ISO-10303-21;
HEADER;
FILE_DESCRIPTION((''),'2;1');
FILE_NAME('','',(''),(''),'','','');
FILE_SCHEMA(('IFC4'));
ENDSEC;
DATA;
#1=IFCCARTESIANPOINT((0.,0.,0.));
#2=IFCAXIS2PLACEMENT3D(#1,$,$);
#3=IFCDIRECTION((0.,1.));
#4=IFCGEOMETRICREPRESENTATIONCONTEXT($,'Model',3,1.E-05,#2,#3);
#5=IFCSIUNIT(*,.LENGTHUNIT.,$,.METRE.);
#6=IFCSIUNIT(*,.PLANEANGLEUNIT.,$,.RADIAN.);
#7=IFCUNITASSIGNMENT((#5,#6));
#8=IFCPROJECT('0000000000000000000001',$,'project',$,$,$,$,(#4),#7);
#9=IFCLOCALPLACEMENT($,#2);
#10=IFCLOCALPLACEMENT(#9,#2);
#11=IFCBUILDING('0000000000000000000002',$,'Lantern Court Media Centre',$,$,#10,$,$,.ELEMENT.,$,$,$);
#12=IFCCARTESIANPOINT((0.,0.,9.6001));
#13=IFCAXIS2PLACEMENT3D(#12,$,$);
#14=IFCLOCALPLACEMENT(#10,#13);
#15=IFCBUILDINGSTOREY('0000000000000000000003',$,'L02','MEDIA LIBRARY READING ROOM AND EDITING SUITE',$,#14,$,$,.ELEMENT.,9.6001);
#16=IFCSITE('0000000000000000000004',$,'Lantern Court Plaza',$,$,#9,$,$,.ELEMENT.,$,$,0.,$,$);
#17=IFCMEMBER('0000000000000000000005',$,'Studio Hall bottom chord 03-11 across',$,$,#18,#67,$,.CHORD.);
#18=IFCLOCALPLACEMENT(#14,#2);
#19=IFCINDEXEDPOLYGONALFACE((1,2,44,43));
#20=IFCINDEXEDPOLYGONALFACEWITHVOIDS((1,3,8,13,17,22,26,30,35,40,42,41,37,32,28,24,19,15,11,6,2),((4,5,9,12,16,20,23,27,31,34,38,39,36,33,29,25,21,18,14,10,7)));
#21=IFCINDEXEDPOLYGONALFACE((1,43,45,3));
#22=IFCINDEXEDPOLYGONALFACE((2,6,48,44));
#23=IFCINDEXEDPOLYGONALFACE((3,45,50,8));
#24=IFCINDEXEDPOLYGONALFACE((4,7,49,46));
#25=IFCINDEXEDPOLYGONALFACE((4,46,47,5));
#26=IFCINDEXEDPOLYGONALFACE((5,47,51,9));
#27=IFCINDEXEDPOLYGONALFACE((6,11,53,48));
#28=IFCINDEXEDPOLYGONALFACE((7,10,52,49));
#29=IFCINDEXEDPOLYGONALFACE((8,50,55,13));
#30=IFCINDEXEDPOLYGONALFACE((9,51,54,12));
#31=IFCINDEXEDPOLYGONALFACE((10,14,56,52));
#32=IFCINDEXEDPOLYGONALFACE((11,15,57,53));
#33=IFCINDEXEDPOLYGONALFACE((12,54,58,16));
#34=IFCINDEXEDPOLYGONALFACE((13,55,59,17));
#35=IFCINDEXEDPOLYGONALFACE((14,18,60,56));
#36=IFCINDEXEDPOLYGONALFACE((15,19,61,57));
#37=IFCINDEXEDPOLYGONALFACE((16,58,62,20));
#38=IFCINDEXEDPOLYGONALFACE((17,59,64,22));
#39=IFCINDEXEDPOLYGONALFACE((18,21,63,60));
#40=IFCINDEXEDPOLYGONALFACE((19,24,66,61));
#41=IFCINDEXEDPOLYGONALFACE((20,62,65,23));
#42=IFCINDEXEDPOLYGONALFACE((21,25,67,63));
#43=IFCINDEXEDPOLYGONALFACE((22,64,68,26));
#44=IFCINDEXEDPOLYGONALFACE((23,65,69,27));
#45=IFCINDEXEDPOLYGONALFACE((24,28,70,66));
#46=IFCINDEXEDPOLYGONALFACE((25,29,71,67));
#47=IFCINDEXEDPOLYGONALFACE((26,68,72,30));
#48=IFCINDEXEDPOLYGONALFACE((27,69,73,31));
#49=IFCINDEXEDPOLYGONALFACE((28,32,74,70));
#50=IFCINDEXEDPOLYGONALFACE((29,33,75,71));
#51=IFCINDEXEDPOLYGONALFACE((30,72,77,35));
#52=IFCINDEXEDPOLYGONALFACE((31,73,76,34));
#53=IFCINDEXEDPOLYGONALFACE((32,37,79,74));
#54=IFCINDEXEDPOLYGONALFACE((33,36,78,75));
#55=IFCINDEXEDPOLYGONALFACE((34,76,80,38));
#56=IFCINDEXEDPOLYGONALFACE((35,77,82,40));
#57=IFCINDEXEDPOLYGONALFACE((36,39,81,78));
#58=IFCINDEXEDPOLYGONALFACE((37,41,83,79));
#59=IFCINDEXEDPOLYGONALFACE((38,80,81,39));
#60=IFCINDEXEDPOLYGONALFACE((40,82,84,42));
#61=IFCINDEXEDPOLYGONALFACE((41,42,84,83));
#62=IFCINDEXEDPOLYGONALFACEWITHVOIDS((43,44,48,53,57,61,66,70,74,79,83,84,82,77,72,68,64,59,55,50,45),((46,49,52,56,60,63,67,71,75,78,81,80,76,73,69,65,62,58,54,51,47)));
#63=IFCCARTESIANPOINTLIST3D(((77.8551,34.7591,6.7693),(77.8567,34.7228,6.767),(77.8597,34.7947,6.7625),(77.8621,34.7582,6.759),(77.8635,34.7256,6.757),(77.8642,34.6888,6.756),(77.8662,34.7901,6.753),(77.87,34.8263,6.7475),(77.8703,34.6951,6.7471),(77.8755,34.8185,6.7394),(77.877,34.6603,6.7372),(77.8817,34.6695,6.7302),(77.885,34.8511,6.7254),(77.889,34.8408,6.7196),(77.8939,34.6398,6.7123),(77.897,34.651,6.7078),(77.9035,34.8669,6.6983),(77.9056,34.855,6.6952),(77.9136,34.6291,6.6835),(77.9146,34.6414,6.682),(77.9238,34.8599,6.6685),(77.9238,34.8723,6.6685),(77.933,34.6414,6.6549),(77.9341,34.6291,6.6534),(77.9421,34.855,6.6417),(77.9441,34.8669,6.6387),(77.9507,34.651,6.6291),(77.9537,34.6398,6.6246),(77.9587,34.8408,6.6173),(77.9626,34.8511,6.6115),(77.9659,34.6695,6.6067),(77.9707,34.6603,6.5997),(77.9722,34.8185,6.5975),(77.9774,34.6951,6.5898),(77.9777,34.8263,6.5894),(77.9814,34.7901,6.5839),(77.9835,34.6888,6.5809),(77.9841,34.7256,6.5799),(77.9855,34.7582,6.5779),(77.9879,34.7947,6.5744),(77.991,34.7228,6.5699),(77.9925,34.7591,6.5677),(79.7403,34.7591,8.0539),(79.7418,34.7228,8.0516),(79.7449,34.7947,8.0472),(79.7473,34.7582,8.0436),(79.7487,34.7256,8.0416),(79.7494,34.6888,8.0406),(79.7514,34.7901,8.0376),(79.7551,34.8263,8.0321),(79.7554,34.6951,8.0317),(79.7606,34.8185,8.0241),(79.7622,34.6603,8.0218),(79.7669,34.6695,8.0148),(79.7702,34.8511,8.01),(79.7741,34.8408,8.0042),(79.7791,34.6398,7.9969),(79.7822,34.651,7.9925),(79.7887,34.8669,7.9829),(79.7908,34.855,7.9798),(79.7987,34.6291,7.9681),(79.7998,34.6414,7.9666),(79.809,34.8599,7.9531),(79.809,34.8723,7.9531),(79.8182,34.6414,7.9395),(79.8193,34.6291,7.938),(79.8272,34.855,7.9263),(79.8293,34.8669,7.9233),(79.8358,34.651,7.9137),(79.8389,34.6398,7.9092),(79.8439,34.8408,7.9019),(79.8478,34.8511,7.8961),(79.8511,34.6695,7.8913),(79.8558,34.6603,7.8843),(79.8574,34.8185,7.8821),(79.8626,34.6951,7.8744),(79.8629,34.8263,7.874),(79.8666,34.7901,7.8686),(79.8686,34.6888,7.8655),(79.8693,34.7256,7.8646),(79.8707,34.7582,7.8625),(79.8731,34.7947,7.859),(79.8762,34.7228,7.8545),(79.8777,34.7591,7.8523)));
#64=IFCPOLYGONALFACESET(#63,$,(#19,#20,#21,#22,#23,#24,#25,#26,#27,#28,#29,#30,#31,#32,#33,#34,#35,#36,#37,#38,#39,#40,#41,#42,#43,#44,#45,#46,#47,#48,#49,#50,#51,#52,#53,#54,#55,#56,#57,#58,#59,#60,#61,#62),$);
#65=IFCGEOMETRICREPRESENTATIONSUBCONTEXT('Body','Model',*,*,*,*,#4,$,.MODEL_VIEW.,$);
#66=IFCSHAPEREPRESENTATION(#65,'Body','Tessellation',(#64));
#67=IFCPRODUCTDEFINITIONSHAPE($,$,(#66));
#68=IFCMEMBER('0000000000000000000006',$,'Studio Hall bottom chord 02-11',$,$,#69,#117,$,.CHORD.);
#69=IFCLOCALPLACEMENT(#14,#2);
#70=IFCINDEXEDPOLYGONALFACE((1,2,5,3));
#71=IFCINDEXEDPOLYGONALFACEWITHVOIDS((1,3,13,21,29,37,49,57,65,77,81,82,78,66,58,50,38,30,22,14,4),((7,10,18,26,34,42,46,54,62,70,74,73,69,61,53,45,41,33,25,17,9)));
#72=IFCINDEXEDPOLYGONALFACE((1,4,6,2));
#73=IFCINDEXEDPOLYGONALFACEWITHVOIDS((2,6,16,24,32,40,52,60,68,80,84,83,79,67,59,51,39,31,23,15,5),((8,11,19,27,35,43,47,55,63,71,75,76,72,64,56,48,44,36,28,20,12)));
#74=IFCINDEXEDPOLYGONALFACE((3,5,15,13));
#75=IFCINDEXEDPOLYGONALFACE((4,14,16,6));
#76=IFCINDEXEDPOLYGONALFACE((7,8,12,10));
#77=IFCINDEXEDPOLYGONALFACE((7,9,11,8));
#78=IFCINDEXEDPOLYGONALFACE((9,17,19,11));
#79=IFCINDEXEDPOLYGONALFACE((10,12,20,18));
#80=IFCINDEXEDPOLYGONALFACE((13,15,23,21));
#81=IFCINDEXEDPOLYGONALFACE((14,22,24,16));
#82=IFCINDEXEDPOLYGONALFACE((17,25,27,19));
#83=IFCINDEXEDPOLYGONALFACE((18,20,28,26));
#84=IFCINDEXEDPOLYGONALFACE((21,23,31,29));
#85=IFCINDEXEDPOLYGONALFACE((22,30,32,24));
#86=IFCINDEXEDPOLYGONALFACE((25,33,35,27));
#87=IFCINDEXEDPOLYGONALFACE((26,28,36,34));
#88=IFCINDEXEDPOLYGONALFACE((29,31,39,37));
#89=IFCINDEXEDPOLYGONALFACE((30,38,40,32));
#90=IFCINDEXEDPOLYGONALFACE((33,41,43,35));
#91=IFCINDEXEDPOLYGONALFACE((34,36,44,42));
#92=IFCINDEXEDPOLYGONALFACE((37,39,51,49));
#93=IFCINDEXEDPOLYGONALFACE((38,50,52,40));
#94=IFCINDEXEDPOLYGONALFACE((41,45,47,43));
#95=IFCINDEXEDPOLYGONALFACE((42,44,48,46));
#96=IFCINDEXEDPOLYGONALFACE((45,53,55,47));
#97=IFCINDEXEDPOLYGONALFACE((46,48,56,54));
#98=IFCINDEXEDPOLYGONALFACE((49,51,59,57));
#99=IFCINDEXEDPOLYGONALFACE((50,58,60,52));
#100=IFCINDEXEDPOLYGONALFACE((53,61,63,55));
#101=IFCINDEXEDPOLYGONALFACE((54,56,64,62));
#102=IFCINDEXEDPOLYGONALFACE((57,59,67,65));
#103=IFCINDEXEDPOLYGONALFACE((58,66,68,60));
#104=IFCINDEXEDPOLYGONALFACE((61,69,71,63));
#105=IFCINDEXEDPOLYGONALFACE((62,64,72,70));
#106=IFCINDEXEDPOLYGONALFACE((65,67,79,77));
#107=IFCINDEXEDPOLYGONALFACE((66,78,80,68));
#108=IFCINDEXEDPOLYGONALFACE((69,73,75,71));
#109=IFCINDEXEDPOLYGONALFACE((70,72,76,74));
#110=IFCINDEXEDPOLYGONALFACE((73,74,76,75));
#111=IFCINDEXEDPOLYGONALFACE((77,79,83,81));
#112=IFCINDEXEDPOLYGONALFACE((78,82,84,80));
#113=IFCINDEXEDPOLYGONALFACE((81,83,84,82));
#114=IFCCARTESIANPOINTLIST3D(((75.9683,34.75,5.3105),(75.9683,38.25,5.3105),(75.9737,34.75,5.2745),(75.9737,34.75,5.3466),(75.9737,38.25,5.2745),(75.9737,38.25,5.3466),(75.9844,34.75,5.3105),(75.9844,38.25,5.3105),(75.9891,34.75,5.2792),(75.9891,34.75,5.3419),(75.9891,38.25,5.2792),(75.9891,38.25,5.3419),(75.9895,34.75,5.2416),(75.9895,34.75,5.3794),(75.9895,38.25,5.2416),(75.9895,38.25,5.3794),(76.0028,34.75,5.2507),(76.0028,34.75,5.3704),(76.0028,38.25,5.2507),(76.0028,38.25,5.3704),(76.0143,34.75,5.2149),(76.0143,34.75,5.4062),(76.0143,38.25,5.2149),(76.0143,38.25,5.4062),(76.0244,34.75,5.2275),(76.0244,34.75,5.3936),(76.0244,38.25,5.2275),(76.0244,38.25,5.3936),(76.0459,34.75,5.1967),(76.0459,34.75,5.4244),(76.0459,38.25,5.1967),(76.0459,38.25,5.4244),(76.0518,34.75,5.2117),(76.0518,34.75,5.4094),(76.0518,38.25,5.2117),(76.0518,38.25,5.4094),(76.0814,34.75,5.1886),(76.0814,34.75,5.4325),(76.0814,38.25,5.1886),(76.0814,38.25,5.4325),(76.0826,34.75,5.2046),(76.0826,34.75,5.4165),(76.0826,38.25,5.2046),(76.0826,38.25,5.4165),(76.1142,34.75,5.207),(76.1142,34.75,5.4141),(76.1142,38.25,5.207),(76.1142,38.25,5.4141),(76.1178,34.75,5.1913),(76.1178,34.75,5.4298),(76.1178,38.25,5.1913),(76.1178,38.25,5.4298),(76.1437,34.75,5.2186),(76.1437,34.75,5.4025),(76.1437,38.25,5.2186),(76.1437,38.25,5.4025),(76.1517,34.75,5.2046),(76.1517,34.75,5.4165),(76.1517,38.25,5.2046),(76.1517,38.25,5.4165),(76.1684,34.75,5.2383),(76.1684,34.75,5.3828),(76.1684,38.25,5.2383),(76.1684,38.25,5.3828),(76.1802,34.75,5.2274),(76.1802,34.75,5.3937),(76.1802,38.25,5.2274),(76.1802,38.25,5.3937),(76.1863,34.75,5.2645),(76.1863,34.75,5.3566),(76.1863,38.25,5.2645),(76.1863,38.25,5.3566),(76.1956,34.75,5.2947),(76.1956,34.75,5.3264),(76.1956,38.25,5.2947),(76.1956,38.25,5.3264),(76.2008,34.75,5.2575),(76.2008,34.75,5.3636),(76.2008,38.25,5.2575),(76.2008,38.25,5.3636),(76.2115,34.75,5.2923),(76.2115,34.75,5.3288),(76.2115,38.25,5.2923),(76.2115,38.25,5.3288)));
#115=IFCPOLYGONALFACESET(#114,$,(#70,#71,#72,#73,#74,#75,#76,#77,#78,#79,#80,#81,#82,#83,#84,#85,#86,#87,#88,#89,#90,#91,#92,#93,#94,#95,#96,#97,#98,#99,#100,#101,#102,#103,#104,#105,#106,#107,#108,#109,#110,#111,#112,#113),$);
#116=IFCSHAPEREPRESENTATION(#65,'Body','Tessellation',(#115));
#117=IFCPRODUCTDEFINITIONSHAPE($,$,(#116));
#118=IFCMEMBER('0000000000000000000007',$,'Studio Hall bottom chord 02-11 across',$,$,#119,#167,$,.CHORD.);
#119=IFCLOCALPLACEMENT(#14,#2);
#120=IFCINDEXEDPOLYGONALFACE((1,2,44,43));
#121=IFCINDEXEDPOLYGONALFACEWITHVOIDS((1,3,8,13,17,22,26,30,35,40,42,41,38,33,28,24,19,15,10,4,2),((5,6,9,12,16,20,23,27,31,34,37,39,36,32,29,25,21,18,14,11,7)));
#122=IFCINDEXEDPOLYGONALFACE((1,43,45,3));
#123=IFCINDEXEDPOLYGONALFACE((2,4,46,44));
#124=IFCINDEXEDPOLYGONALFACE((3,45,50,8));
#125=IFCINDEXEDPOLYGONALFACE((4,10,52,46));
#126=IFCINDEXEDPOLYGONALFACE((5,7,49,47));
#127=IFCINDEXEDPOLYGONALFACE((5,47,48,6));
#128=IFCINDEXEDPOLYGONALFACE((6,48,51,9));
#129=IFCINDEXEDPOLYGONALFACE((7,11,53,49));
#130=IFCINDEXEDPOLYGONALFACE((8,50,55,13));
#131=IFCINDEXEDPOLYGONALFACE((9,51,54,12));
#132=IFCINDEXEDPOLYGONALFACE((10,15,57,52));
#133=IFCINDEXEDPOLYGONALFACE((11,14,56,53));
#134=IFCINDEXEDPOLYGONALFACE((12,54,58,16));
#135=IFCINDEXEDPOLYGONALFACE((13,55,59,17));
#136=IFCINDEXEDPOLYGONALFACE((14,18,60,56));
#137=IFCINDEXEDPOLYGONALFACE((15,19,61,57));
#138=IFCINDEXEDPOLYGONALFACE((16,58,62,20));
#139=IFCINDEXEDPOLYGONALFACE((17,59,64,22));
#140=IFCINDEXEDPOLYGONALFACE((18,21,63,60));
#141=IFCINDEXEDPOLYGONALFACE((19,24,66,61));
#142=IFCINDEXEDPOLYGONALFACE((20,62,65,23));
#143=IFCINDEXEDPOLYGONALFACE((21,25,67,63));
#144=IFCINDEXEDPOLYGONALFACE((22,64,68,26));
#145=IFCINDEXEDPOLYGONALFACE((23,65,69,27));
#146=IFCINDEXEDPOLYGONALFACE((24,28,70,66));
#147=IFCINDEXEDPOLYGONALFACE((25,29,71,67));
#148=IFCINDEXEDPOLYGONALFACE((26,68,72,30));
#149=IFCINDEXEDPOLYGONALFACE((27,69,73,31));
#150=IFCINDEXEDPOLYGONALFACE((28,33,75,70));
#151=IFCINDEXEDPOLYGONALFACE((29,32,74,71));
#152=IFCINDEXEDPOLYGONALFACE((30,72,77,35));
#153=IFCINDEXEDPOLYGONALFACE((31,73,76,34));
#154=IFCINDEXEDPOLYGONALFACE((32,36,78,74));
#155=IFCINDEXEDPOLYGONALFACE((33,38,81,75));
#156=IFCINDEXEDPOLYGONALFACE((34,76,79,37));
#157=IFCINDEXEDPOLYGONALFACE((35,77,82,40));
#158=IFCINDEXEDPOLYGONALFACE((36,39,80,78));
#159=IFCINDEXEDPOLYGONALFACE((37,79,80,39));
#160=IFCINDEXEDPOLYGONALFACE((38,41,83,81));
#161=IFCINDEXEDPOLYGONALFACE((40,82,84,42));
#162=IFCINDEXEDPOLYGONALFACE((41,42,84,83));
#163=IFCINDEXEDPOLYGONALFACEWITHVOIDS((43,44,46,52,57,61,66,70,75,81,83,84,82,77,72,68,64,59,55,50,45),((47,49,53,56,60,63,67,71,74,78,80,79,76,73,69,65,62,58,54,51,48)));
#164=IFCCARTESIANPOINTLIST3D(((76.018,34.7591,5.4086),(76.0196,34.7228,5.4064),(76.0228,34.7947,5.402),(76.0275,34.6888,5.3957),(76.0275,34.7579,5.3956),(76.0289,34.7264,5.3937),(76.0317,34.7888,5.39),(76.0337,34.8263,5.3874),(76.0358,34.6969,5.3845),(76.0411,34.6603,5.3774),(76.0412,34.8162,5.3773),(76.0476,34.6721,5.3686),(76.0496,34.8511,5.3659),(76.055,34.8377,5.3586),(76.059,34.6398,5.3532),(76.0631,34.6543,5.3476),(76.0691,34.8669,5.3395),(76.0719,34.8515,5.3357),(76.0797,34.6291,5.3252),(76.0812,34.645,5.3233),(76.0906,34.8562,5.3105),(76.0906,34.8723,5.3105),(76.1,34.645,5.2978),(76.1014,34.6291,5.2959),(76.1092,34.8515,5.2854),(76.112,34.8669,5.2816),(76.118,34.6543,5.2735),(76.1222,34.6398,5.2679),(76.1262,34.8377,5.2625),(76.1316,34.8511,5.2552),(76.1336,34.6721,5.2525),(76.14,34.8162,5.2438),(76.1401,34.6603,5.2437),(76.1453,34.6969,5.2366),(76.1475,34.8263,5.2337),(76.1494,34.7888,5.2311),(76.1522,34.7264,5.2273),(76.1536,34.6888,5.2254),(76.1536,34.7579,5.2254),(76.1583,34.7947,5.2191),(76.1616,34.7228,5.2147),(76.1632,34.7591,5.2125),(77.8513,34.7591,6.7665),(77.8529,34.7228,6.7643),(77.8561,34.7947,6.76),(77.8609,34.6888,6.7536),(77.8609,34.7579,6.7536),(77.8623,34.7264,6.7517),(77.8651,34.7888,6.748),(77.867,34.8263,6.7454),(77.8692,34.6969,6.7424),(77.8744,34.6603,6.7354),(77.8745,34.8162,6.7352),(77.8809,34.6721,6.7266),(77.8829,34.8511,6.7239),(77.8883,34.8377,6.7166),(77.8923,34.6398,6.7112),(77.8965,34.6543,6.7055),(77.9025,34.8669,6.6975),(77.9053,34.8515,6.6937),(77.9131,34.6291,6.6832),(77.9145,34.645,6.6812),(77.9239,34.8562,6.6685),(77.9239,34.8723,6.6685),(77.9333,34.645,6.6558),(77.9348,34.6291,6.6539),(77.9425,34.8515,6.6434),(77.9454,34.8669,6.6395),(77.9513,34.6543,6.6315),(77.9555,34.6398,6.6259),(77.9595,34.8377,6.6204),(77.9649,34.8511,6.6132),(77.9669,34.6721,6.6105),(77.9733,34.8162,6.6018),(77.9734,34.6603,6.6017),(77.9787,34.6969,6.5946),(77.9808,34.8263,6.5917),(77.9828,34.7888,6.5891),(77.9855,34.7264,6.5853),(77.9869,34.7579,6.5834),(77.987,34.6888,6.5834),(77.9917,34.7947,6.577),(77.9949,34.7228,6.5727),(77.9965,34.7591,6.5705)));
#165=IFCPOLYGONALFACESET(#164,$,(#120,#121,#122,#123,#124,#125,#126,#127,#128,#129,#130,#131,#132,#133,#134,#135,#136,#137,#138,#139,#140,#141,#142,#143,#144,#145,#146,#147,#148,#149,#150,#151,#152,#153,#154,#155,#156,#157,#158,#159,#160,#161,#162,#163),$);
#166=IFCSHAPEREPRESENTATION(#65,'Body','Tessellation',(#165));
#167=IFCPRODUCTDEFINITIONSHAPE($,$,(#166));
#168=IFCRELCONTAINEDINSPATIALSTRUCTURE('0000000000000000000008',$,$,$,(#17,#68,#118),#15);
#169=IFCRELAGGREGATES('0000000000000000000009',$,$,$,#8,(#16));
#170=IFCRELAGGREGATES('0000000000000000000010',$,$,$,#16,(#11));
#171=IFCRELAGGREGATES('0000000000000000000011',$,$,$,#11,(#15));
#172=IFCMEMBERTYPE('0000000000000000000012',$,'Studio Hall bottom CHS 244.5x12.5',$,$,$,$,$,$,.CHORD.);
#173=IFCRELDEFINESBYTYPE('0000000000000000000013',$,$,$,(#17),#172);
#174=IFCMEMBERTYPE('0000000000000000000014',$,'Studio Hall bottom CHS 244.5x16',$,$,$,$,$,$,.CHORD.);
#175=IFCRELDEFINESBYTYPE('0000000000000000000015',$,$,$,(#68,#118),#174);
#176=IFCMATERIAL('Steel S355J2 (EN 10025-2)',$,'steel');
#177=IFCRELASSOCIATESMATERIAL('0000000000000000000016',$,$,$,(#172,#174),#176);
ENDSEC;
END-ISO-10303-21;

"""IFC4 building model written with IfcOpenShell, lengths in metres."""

from ifc_helpers import new_model, si_unit, direction, frame, origin, origin_2d, place, context, subcontext, project, spatial, hollow_circle, extrude, material, material_profile, profile_set, type_object, element, save


model = new_model("IFC4")

# Units and contexts
model_context = context("Model", 3, precision=1e-05, world=origin(), true_north=direction((0.0, 1.0)))
body_context = subcontext(model_context, "Body", "Model", "MODEL_VIEW")
ifc_project = project(units=[si_unit("LENGTHUNIT", "METRE"), si_unit("PLANEANGLEUNIT", "RADIAN")], contexts=[model_context])

# Site, building, storey
site_placement = place(None, origin())
site = spatial("IfcSite", under=ifc_project, at=site_placement, Name="Lantern Court Plaza", CompositionType="ELEMENT", RefElevation=0.0)
building_placement = place(site_placement, origin())
building = spatial("IfcBuilding", under=site, at=building_placement, Name="Lantern Court Media Centre", CompositionType="ELEMENT")
storey_placement = place(building_placement, frame((0.0, 0.0, 9.6001)))
storey = spatial("IfcBuildingStorey", under=building, at=storey_placement, Name="L02", Description="MEDIA LIBRARY READING ROOM AND EDITING SUITE", CompositionType="ELEMENT", Elevation=9.6001)

# Members
ifc_material = material(Name="Steel S355J2 (EN 10025-2)", Category="steel")
ifc_material_profile_1 = material_profile(ifc_material, hollow_circle(Radius=0.1223, WallThickness=0.0125, at=origin_2d()), Name="Studio Hall bottom CHS 244.5x12.5")
ifc_profile_set_1 = profile_set([ifc_material_profile_1], Name="Steel S355J2 (EN 10025-2)")
member_type_1 = type_object("IfcMemberType", Name="Studio Hall bottom CHS 244.5x12.5", PredefinedType="CHORD", material=ifc_profile_set_1)
for number, where, z_axis, x_axis, name in (
    (1, (77.9238, 34.75, 6.6685), (0.826377, 0.0, 0.563118), (0.0, 1.0, 0.0), "Studio Hall bottom chord 03-11 across"),
):
    element("IfcMember", number, at=place(storey_placement, frame(where, z_axis=z_axis, x_axis=x_axis)), inside=storey, type_object=member_type_1, Name=name, PredefinedType="CHORD", context=body_context, shape_type="SweptSolid", body=[
        extrude(hollow_circle(Radius=0.1223, WallThickness=0.0125, at=origin_2d()), origin(), (0.0, 0.0, 1.0), 2.2812),
    ])
ifc_material_profile_2 = material_profile(ifc_material, hollow_circle(Radius=0.1223, WallThickness=0.0161, at=origin_2d()), Name="Studio Hall bottom CHS 244.5x16")
ifc_profile_set_2 = profile_set([ifc_material_profile_2], Name="Steel S355J2 (EN 10025-2)")
member_type_2 = type_object("IfcMemberType", Name="Studio Hall bottom CHS 244.5x16", PredefinedType="CHORD", material=ifc_profile_set_2)
member_1_placement = place(storey_placement, frame((76.0906, 34.75, 5.3105), z_axis=(0.0, 1.0, 0.0), x_axis=(-1.0, 0.0, 0.0)))
element("IfcMember", 2, at=member_1_placement, inside=storey, type_object=member_type_2, Name="Studio Hall bottom chord 02-11", PredefinedType="CHORD", context=body_context, shape_type="SweptSolid", body=[
    extrude(hollow_circle(Radius=0.1223, WallThickness=0.0161, at=origin_2d()), origin(), (0.0, 0.0, 1.0), 3.5),
])
member_2_placement = place(storey_placement, frame((76.0906, 34.75, 5.3105), z_axis=(0.803569, 0.0, 0.595212), x_axis=(0.0, 1.0, 0.0)))
element("IfcMember", 3, at=member_2_placement, inside=storey, type_object=member_type_2, Name="Studio Hall bottom chord 02-11 across", PredefinedType="CHORD", context=body_context, shape_type="SweptSolid", body=[
    extrude(hollow_circle(Radius=0.1223, WallThickness=0.0161, at=origin_2d()), origin(), (0.0, 0.0, 1.0), 2.2815),
])

save(model, "model.ifc")
